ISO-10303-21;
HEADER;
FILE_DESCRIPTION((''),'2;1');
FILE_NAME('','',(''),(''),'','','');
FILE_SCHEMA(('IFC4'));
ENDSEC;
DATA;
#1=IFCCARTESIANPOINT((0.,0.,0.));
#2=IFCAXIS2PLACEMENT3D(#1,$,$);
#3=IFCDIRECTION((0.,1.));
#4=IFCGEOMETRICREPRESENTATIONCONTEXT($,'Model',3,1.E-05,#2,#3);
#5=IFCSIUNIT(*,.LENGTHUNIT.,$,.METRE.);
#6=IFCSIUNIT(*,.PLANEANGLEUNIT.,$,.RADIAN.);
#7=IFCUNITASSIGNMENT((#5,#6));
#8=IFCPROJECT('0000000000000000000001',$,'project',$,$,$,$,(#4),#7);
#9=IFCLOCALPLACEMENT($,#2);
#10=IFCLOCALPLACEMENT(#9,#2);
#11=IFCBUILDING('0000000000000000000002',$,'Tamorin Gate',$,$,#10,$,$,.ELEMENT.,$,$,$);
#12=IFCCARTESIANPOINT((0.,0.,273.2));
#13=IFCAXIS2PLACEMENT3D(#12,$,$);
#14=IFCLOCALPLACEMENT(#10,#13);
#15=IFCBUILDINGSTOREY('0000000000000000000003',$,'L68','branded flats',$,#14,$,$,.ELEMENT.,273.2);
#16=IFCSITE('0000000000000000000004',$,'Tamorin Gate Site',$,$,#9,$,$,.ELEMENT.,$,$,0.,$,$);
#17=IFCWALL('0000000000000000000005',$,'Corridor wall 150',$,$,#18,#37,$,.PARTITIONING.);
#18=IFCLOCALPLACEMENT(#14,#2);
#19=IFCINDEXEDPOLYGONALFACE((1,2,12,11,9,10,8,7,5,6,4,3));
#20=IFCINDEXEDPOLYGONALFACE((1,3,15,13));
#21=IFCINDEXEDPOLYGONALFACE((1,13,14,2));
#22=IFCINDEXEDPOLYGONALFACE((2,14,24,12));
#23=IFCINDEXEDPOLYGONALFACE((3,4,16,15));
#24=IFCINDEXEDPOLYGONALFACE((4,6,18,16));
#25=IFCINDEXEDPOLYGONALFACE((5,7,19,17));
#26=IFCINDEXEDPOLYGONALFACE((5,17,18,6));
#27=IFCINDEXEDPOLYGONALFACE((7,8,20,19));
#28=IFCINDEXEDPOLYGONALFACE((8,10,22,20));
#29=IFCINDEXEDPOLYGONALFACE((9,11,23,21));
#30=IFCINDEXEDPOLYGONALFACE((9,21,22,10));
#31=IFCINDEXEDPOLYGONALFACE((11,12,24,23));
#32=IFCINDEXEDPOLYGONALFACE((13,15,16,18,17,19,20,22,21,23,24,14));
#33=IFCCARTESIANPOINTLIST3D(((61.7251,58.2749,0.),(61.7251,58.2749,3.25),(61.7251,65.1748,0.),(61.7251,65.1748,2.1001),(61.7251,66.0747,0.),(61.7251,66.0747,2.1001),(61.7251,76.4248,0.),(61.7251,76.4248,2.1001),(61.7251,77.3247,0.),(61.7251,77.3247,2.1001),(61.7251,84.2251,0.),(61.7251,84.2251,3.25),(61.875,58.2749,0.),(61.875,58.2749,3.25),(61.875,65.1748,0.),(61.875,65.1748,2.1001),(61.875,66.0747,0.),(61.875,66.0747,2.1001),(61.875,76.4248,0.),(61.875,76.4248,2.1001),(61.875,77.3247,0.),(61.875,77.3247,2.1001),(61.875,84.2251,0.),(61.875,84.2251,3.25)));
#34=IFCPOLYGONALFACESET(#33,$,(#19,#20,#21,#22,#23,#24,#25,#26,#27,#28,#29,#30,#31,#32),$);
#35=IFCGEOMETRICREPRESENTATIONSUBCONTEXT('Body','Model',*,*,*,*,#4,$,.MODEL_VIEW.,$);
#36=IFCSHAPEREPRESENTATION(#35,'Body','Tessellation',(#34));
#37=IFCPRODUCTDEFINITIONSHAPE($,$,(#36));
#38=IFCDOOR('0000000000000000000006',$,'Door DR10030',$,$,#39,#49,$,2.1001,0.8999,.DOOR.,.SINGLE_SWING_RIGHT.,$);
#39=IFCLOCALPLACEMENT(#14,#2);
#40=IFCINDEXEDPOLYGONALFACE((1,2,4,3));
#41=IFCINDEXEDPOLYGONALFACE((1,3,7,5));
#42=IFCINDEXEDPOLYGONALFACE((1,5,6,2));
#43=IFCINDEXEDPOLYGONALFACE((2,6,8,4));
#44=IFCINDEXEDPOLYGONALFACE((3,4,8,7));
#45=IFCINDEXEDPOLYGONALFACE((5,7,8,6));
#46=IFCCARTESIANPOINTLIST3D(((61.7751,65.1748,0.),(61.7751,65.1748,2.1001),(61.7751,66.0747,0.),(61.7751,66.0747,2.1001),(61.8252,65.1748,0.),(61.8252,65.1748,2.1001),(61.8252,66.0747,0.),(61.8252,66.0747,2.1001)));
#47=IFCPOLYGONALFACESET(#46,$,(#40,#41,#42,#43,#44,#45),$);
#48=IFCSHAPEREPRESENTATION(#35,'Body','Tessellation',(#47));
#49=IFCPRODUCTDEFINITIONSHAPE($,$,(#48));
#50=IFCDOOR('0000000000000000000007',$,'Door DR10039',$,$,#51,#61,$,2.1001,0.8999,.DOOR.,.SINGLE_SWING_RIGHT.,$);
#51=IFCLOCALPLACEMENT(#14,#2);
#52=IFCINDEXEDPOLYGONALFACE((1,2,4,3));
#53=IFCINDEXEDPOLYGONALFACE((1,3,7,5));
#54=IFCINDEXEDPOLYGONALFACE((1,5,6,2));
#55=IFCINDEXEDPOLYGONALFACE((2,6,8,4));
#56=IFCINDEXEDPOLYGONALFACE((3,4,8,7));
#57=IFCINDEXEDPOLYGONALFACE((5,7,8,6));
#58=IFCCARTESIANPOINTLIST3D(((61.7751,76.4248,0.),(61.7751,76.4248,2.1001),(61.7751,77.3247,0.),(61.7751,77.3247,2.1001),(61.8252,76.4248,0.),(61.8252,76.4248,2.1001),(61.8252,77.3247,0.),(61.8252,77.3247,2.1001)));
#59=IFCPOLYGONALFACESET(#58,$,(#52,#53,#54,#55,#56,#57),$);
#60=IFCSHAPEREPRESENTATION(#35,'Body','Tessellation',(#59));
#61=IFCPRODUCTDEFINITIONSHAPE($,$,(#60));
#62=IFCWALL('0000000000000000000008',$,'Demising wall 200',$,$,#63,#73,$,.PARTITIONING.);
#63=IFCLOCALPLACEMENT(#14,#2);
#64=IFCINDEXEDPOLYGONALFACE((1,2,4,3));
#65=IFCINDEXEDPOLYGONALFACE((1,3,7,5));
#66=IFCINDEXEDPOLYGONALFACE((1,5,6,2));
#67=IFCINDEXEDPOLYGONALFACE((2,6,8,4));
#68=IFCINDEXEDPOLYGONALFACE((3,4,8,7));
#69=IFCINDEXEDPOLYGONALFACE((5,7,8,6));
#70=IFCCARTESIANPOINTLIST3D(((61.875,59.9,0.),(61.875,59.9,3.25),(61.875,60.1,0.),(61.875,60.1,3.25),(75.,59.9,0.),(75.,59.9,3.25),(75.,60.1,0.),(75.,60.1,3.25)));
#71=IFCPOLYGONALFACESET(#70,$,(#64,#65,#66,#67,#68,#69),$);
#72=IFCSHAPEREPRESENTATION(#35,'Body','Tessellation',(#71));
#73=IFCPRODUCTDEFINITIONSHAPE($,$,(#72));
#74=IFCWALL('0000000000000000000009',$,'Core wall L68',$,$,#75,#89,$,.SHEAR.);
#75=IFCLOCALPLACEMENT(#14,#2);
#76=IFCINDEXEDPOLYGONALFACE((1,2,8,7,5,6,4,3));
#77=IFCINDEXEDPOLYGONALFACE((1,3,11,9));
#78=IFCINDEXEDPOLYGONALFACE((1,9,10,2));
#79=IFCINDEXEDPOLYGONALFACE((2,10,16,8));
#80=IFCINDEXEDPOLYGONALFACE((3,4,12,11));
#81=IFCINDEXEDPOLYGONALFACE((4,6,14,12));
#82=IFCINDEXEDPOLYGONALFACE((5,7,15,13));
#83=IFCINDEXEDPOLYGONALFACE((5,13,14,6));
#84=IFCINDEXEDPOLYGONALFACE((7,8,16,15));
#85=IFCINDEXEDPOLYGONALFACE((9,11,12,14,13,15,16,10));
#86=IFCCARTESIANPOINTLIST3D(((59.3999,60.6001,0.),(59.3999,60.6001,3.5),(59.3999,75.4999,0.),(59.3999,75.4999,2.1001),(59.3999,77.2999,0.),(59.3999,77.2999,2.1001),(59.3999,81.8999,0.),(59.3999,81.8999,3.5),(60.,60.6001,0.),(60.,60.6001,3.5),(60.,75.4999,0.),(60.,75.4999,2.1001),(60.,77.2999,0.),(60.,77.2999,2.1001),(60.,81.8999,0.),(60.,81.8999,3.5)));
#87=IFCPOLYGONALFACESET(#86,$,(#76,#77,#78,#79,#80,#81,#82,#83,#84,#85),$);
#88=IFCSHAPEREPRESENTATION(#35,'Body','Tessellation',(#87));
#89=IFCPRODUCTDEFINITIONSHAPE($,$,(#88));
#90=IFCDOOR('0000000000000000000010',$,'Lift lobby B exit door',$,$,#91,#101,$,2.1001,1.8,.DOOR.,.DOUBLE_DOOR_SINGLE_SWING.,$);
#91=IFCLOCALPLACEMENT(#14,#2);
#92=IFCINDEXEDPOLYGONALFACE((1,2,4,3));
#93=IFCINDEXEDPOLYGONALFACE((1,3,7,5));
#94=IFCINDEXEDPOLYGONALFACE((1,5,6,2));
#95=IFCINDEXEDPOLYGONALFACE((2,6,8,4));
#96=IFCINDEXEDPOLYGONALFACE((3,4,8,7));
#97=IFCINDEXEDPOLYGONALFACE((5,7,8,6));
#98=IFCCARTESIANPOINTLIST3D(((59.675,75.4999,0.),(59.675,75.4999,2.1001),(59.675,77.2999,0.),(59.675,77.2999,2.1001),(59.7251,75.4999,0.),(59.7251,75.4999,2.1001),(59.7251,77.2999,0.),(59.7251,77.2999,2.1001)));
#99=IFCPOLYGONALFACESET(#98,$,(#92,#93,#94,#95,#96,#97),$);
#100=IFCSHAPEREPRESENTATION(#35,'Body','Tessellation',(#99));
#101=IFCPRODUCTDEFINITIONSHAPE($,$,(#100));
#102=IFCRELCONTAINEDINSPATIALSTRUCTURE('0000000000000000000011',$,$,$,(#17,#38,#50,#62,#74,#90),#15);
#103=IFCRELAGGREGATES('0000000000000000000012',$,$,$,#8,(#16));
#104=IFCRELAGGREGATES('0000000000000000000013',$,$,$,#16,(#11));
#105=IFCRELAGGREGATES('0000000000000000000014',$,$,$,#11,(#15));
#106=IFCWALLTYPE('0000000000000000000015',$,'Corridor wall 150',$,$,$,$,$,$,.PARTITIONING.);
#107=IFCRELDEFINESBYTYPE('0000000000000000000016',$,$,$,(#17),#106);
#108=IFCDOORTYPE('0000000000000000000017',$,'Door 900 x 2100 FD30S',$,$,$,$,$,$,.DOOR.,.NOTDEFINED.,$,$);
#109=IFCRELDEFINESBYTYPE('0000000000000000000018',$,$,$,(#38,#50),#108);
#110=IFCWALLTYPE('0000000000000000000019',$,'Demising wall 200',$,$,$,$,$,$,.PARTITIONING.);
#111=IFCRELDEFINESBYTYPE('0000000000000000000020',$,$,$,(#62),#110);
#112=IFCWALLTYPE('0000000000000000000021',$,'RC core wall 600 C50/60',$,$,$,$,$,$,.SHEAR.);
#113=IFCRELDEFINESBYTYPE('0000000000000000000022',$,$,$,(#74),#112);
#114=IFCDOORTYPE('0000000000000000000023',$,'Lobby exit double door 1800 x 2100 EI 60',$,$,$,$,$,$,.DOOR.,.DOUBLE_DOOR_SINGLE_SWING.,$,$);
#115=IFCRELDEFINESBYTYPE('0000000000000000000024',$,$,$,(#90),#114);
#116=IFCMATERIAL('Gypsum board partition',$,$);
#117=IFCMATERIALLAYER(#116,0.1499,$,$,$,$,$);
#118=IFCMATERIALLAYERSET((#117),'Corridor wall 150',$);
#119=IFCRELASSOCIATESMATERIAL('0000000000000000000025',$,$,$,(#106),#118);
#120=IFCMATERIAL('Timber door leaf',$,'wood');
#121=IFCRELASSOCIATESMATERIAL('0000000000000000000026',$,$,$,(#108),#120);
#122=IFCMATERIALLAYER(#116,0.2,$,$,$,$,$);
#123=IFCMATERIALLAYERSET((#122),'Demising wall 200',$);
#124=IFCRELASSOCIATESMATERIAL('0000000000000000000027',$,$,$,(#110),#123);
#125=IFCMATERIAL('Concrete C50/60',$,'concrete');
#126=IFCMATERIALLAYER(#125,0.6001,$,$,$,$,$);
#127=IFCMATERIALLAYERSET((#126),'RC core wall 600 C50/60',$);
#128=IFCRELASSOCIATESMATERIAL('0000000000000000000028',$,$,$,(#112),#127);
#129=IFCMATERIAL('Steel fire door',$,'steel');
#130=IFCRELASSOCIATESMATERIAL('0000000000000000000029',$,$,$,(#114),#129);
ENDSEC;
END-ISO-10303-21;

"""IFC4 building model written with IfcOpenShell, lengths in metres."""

from ifc_helpers import new_model, si_unit, direction, frame, frame_2d, origin, place, context, subcontext, project, spatial, rectangle, extrude, material, layer, layer_set, type_object, element, fill, save


model = new_model("IFC4")

# Units and contexts
model_context = context("Model", 3, precision=1e-05, world=origin(), true_north=direction((0.0, 1.0)))
body_context = subcontext(model_context, "Body", "Model", "MODEL_VIEW")
ifc_project = project(units=[si_unit("LENGTHUNIT", "METRE"), si_unit("PLANEANGLEUNIT", "RADIAN")], contexts=[model_context])

# Site, building, storey
site_placement = place(None, origin())
site = spatial("IfcSite", under=ifc_project, at=site_placement, Name="Tamorin Gate Site", CompositionType="ELEMENT", RefElevation=0.0)
building_placement = place(site_placement, origin())
building = spatial("IfcBuilding", under=site, at=building_placement, Name="Tamorin Gate", CompositionType="ELEMENT")
storey_placement = place(building_placement, frame((0.0, 0.0, 273.2)))
storey = spatial("IfcBuildingStorey", under=building, at=storey_placement, Name="L68", Description="branded flats", CompositionType="ELEMENT", Elevation=273.2)

# Shared definitions
ifc_material_1 = material(Name="Concrete C50/60", Category="concrete")

# Wall, openings, doors
ifc_material_2 = material(Name="Gypsum board partition")
ifc_layer_1 = layer(ifc_material_2, 0.1499)
ifc_layer_set_1 = layer_set([ifc_layer_1], Name="Corridor wall 150")
wall_type_1 = type_object("IfcWallType", Name="Corridor wall 150", PredefinedType="PARTITIONING", material=ifc_layer_set_1)
wall_1_placement = place(storey_placement, frame((61.8, 58.2749, 0.0), z_axis=(0.0, 0.0, 1.0), x_axis=(0.0, 1.0, 0.0)))
wall_1 = element("IfcWall", 1, at=wall_1_placement, inside=storey, type_object=wall_type_1, Name="Corridor wall 150", PredefinedType="PARTITIONING", context=body_context, shape_type="SweptSolid", body=[
    extrude(rectangle(XDim=25.9502, YDim=0.1499, at=frame_2d((12.9751, 0.0))), origin(), (0.0, 0.0, 1.0), 3.25),
])
opening_1_placement = place(wall_1_placement, frame((6.8999, 0.0, 0.0)))
opening_1 = element("IfcOpeningElement", 2, at=opening_1_placement, cuts=wall_1, PredefinedType="OPENING", context=body_context, shape_type="SweptSolid", body=[
    extrude(rectangle(XDim=0.8999, YDim=2.1001, at=frame_2d((0.45, 1.05))), frame((0.0, 0.085, 0.0), z_axis=(0.0, -1.0, 0.0), x_axis=(1.0, 0.0, 0.0)), (0.0, 0.0, 1.0), 0.1699),
])
opening_2_placement = place(wall_1_placement, frame((18.1499, 0.0, 0.0)))
opening_2 = element("IfcOpeningElement", 3, at=opening_2_placement, cuts=wall_1, PredefinedType="OPENING", context=body_context, shape_type="SweptSolid", body=[
    extrude(rectangle(XDim=0.8999, YDim=2.1001, at=frame_2d((0.45, 1.05))), frame((0.0, 0.085, 0.0), z_axis=(0.0, -1.0, 0.0), x_axis=(1.0, 0.0, 0.0)), (0.0, 0.0, 1.0), 0.1699),
])
ifc_material_3 = material(Name="Timber door leaf", Category="wood")
door_type_1 = type_object("IfcDoorType", Name="Door 900 x 2100 FD30S", OperationType="NOTDEFINED", PredefinedType="DOOR", material=ifc_material_3)
door_1_placement = place(opening_1_placement, origin())
door_1 = element("IfcDoor", 4, at=door_1_placement, inside=storey, type_object=door_type_1, Name="Door DR10030", OperationType="SINGLE_SWING_RIGHT", OverallHeight=2.1001, OverallWidth=0.8999, PredefinedType="DOOR", context=body_context, shape_type="SweptSolid", body=[
    extrude(rectangle(XDim=0.8999, YDim=2.1001, at=frame_2d((0.45, 1.05))), frame((0.0, 0.0249, 0.0), z_axis=(0.0, -1.0, 0.0), x_axis=(1.0, 0.0, 0.0)), (0.0, 0.0, 1.0), 0.05),
])
fill(opening_1, door_1)
door_2_placement = place(opening_2_placement, origin())
door_2 = element("IfcDoor", 5, at=door_2_placement, inside=storey, type_object=door_type_1, Name="Door DR10039", OperationType="SINGLE_SWING_RIGHT", OverallHeight=2.1001, OverallWidth=0.8999, PredefinedType="DOOR", context=body_context, shape_type="SweptSolid", body=[
    extrude(rectangle(XDim=0.8999, YDim=2.1001, at=frame_2d((0.45, 1.05))), frame((0.0, 0.0249, 0.0), z_axis=(0.0, -1.0, 0.0), x_axis=(1.0, 0.0, 0.0)), (0.0, 0.0, 1.0), 0.05),
])
fill(opening_2, door_2)

# Wall
ifc_layer_2 = layer(ifc_material_2, 0.2)
ifc_layer_set_2 = layer_set([ifc_layer_2], Name="Demising wall 200")
wall_type_2 = type_object("IfcWallType", Name="Demising wall 200", PredefinedType="PARTITIONING", material=ifc_layer_set_2)
wall_2_placement = place(storey_placement, frame((61.875, 60.0, 0.0), z_axis=(0.0, 0.0, 1.0), x_axis=(1.0, 0.0, 0.0)))
element("IfcWall", 6, at=wall_2_placement, inside=storey, type_object=wall_type_2, Name="Demising wall 200", PredefinedType="PARTITIONING", context=body_context, shape_type="SweptSolid", body=[
    extrude(rectangle(XDim=13.125, YDim=0.2, at=frame_2d((6.5625, 0.0))), origin(), (0.0, 0.0, 1.0), 3.25),
])

# Wall, opening, door
ifc_layer_3 = layer(ifc_material_1, 0.6001)
ifc_layer_set_3 = layer_set([ifc_layer_3], Name="RC core wall 600 C50/60")
wall_type_3 = type_object("IfcWallType", Name="RC core wall 600 C50/60", PredefinedType="SHEAR", material=ifc_layer_set_3)
wall_3_placement = place(storey_placement, frame((59.7, 60.6001, 0.0), z_axis=(0.0, 0.0, 1.0), x_axis=(0.0, 1.0, 0.0)))
wall_3 = element("IfcWall", 7, at=wall_3_placement, inside=storey, type_object=wall_type_3, Name="Core wall L68", PredefinedType="SHEAR", context=body_context, shape_type="SweptSolid", body=[
    extrude(rectangle(XDim=21.2998, YDim=0.6001, at=frame_2d((10.6499, 0.0))), origin(), (0.0, 0.0, 1.0), 3.5),
])
opening_3_placement = place(wall_3_placement, frame((14.8999, 0.0, 0.0)))
opening_3 = element("IfcOpeningElement", 8, at=opening_3_placement, cuts=wall_3, PredefinedType="OPENING", context=body_context, shape_type="SweptSolid", body=[
    extrude(rectangle(XDim=1.8, YDim=2.1001, at=frame_2d((0.8999, 1.05))), frame((0.0, 0.3101, 0.0), z_axis=(0.0, -1.0, 0.0), x_axis=(1.0, 0.0, 0.0)), (0.0, 0.0, 1.0), 0.6201),
])
ifc_material_4 = material(Name="Steel fire door", Category="steel")
door_type_2 = type_object("IfcDoorType", Name="Lobby exit double door 1800 x 2100 EI 60", OperationType="DOUBLE_DOOR_SINGLE_SWING", PredefinedType="DOOR", material=ifc_material_4)
door_3_placement = place(opening_3_placement, origin())
door_3 = element("IfcDoor", 9, at=door_3_placement, inside=storey, type_object=door_type_2, Name="Lift lobby B exit door", OperationType="DOUBLE_DOOR_SINGLE_SWING", OverallHeight=2.1001, OverallWidth=1.8, PredefinedType="DOOR", context=body_context, shape_type="SweptSolid", body=[
    extrude(rectangle(XDim=1.8, YDim=2.1001, at=frame_2d((0.8999, 1.05))), frame((0.0, 0.0249, 0.0), z_axis=(0.0, -1.0, 0.0), x_axis=(1.0, 0.0, 0.0)), (0.0, 0.0, 1.0), 0.05),
])
fill(opening_3, door_3)

save(model, "model.ifc")
